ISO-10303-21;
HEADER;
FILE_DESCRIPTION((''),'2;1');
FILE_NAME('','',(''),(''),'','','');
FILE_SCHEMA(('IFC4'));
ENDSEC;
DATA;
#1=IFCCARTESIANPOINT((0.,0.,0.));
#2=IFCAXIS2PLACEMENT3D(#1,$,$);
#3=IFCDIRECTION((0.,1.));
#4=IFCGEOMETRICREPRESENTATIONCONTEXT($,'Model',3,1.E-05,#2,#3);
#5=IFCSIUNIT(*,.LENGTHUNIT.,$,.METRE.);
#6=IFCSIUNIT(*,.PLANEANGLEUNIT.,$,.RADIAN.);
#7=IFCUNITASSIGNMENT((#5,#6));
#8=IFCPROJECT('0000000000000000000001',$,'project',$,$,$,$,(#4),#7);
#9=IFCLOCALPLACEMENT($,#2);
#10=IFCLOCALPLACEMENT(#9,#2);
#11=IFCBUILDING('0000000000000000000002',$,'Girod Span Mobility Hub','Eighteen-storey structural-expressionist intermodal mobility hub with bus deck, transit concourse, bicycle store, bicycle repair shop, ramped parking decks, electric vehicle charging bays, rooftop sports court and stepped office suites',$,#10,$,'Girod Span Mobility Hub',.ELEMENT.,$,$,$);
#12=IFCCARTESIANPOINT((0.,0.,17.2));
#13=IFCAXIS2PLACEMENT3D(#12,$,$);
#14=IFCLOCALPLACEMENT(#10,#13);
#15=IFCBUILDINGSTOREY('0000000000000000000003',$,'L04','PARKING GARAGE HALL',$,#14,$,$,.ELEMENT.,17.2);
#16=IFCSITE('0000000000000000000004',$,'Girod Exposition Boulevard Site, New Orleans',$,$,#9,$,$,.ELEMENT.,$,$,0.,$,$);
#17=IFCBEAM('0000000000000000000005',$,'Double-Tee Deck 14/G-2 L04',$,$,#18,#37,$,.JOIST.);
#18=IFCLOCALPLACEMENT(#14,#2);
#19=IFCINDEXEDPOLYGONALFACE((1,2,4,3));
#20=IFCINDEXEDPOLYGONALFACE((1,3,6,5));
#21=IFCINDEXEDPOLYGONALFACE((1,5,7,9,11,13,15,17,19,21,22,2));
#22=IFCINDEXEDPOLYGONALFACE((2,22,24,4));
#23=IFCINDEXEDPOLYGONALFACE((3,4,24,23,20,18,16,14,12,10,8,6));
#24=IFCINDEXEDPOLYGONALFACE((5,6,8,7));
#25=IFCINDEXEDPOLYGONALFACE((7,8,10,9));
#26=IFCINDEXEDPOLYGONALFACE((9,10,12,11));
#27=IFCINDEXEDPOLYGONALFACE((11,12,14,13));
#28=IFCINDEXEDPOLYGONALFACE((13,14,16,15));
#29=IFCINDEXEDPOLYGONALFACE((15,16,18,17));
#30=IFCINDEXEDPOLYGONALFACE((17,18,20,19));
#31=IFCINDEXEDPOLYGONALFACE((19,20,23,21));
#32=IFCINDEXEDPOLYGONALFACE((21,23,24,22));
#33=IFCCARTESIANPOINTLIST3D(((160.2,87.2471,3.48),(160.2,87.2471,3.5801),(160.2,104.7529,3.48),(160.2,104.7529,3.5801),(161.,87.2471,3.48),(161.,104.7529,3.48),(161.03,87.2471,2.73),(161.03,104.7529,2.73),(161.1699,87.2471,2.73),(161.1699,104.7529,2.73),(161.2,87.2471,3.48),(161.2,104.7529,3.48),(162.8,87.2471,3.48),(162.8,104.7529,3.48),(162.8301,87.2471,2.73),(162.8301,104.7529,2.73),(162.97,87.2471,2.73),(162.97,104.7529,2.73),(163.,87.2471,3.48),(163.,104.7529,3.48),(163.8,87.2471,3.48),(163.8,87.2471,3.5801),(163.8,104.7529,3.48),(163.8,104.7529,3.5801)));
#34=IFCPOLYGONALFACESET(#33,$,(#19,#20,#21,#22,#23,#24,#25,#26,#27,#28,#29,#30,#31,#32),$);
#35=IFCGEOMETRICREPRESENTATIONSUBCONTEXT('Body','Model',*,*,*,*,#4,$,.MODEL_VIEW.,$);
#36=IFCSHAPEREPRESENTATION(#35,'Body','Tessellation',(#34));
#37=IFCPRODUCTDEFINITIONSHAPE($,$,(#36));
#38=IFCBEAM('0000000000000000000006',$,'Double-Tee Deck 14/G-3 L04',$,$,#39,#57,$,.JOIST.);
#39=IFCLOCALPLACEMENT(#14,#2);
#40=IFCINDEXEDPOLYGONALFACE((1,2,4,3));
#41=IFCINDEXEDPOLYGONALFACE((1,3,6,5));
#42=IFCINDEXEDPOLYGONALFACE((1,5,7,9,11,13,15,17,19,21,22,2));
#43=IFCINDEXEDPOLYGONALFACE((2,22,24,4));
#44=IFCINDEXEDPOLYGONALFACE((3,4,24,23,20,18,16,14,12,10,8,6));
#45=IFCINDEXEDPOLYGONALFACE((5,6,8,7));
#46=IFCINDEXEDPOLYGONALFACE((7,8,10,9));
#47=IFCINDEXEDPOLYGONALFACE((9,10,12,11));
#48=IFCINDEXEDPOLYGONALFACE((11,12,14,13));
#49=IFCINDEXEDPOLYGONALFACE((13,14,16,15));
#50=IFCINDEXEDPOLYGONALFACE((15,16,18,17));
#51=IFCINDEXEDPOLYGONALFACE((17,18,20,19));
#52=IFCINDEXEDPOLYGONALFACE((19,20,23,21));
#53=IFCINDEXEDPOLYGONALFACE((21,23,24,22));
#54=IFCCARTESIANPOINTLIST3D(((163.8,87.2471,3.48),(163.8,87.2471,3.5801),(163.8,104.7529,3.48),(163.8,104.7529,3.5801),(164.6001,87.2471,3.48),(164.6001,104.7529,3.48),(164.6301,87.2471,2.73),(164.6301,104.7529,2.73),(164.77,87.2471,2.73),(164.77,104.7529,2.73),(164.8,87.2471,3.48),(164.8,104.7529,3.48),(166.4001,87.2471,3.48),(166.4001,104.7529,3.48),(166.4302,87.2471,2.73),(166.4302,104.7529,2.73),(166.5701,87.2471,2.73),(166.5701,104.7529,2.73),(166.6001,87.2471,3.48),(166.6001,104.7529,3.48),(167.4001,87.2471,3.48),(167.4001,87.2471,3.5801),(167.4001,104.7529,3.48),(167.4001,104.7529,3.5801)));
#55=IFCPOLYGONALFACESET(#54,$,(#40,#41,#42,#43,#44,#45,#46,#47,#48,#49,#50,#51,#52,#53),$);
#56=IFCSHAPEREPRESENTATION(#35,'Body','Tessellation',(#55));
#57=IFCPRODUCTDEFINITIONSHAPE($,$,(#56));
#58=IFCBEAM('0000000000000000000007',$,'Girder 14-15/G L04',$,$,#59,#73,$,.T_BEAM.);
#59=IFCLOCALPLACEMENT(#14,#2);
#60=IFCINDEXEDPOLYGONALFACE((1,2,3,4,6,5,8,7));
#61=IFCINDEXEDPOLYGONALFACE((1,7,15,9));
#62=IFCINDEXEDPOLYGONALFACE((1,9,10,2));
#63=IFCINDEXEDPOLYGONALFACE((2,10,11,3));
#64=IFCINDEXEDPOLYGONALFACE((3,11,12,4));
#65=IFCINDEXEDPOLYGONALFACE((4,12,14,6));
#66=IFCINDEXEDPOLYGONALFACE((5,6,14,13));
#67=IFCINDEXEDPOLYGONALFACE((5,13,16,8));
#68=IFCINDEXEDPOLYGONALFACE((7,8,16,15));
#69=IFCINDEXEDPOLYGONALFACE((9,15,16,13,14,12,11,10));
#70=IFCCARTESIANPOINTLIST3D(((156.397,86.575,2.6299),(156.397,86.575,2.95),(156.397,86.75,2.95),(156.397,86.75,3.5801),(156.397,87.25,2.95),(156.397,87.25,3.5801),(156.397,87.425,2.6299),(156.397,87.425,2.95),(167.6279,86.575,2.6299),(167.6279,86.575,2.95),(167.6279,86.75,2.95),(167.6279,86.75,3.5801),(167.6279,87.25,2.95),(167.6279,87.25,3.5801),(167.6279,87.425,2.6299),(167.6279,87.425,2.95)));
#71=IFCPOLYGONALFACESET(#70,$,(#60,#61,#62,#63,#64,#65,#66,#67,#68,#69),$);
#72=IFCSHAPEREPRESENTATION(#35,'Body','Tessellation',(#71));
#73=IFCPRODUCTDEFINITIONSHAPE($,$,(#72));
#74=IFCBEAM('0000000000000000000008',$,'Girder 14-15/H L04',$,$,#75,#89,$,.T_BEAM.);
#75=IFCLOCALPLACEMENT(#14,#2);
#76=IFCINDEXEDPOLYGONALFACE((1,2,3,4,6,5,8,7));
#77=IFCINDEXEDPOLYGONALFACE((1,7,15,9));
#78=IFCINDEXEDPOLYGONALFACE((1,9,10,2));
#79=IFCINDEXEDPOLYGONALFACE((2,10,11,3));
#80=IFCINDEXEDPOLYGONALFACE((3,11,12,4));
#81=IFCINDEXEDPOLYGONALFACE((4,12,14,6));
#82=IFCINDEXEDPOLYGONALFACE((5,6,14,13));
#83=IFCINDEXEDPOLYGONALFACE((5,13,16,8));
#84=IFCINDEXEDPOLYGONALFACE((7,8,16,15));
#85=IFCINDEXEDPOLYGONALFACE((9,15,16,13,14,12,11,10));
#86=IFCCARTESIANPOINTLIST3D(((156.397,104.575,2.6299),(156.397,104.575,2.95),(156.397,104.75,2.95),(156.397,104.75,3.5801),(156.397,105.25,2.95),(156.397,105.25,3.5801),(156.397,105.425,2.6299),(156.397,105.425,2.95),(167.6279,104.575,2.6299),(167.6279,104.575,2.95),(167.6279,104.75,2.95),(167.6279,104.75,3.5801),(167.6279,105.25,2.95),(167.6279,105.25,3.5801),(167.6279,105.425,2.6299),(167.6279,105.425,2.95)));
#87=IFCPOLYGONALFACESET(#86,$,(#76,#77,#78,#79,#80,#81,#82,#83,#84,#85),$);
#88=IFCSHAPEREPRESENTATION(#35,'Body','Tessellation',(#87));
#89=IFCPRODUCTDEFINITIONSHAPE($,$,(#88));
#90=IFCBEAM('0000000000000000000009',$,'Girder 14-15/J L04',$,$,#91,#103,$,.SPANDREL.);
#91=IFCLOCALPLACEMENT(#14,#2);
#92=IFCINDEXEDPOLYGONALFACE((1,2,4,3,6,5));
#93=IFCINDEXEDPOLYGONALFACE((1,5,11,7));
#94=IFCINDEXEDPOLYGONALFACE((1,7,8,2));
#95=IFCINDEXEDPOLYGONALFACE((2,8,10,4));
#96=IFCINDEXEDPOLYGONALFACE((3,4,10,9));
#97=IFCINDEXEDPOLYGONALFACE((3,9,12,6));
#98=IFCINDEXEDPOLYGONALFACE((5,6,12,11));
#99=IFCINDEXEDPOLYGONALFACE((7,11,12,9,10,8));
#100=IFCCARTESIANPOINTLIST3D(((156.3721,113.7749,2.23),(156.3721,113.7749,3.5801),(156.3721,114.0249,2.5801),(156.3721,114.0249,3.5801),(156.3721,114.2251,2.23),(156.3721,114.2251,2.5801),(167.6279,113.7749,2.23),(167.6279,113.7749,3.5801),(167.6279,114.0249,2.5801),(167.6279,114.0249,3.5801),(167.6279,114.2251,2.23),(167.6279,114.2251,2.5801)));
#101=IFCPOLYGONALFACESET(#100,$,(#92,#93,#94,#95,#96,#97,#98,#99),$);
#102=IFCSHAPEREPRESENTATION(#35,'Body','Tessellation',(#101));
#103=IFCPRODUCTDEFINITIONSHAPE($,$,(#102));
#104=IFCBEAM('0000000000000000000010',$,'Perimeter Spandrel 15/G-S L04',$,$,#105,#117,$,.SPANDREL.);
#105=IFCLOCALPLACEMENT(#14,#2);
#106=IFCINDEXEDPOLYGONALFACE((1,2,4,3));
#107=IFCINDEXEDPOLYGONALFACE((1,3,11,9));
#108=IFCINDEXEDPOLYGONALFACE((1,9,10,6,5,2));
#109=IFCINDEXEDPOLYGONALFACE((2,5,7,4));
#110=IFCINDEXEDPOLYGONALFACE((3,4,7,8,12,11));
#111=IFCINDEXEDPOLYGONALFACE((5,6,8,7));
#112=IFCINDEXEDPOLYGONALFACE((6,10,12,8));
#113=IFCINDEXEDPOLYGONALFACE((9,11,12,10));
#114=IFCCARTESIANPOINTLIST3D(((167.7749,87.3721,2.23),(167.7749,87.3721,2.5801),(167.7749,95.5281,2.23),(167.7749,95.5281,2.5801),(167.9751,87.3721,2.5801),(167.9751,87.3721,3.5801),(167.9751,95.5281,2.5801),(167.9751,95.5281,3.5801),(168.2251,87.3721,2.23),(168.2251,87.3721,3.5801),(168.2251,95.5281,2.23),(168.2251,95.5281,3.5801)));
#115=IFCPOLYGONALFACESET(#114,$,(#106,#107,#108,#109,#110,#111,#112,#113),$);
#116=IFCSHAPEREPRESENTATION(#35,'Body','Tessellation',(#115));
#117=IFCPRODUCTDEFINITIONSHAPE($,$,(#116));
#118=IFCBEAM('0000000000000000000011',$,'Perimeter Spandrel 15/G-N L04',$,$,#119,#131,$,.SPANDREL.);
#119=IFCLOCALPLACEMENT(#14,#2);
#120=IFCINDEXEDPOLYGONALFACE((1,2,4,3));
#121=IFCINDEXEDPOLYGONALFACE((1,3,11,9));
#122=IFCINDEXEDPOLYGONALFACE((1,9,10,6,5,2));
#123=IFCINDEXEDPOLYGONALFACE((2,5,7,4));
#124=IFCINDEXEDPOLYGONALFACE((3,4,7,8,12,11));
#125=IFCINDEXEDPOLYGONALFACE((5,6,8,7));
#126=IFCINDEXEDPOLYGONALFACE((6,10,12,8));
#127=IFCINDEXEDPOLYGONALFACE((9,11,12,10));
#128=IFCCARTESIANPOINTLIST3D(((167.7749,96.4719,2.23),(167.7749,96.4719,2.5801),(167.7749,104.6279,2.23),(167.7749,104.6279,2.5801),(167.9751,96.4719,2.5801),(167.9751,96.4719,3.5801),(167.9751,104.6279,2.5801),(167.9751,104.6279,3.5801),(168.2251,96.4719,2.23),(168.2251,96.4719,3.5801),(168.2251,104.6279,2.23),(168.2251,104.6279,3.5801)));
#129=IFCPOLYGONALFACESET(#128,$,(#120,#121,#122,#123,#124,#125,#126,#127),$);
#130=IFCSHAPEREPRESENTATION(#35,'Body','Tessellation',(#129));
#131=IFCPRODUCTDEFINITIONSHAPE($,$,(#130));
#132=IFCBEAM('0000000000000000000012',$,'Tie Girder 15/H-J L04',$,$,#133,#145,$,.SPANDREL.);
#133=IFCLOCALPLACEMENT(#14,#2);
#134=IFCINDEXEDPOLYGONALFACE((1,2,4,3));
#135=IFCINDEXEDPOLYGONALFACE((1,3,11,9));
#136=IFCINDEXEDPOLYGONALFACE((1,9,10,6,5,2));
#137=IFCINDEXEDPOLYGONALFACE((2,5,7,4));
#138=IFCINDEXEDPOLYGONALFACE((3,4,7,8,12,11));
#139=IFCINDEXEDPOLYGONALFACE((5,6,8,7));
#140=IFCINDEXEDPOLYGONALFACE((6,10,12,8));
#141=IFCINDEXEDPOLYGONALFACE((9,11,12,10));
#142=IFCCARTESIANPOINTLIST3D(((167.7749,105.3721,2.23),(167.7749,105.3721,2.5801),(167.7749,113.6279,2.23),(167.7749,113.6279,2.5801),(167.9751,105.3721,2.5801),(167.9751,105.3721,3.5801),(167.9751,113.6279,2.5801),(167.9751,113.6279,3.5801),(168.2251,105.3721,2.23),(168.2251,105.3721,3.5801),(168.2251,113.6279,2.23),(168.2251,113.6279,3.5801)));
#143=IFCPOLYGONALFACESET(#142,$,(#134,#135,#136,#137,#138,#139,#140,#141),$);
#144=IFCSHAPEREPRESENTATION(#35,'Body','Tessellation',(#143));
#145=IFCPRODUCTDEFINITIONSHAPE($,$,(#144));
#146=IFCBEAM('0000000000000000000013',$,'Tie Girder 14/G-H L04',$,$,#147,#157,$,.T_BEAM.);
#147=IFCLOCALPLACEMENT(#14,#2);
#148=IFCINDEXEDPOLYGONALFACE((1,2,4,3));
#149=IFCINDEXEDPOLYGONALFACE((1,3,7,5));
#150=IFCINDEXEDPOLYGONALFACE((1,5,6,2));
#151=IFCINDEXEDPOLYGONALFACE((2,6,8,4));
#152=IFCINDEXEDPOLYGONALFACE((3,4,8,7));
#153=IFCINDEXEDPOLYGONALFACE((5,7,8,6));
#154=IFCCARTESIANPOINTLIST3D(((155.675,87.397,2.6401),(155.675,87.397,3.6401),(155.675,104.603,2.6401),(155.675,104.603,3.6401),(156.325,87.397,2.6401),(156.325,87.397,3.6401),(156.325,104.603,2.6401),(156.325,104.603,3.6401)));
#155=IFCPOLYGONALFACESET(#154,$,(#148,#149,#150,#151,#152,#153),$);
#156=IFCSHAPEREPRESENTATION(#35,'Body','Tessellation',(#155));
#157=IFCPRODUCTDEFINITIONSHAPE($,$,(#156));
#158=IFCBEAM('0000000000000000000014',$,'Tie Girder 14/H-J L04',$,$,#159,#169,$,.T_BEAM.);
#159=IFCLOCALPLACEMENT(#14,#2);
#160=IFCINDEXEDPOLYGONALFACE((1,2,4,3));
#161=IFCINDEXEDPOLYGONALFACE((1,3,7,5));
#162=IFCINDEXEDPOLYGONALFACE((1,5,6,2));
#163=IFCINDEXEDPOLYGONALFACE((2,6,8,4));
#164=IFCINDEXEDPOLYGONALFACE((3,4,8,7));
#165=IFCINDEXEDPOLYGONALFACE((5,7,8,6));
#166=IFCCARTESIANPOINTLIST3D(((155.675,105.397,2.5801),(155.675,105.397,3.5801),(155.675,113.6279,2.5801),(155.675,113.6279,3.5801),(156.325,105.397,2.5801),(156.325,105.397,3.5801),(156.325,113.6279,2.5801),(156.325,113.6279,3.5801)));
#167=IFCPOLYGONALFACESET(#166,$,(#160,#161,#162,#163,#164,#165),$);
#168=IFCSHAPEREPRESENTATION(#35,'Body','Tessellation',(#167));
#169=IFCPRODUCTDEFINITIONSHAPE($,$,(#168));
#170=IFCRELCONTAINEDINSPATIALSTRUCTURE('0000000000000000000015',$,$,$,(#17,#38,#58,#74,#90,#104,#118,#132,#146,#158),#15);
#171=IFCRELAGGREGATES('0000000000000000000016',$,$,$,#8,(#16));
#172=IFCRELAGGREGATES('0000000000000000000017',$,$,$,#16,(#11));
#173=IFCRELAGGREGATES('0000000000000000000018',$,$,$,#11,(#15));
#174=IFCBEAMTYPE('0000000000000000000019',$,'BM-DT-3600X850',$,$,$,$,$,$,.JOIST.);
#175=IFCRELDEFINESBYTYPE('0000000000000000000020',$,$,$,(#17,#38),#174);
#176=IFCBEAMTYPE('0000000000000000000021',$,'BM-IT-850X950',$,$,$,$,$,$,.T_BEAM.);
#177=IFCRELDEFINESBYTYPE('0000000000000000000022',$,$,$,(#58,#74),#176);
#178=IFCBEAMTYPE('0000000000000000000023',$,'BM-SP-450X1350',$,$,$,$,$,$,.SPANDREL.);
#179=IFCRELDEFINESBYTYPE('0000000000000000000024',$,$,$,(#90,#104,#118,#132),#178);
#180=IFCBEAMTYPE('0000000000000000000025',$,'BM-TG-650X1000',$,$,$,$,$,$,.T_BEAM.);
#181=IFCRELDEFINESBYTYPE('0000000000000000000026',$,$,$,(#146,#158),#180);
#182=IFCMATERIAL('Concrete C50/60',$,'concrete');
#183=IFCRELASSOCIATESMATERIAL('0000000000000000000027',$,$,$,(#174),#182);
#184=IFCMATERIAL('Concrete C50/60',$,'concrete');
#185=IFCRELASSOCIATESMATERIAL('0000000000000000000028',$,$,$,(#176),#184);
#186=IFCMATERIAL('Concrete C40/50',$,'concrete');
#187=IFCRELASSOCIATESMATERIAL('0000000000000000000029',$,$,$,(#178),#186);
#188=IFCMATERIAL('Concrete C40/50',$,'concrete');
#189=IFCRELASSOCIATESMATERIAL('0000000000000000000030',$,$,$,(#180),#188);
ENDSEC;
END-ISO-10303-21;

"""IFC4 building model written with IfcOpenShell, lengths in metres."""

from ifc_helpers import new_model, si_unit, direction, frame, origin, origin_2d, place, context, subcontext, project, spatial, polyline, rectangle, outline, extrude, material, material_profile, profile_set, type_object, element, save


model = new_model("IFC4")

# Units and contexts
model_context = context("Model", 3, precision=1e-05, world=origin(), true_north=direction((0.0, 1.0)))
body_context = subcontext(model_context, "Body", "Model", "MODEL_VIEW")
ifc_project = project(units=[si_unit("LENGTHUNIT", "METRE"), si_unit("PLANEANGLEUNIT", "RADIAN")], contexts=[model_context])

# Site, building, storey
site_placement = place(None, origin())
site = spatial("IfcSite", under=ifc_project, at=site_placement, Name="Girod Exposition Boulevard Site, New Orleans", CompositionType="ELEMENT", RefElevation=0.0)
building_placement = place(site_placement, origin())
building = spatial("IfcBuilding", under=site, at=building_placement, Name="Girod Span Mobility Hub", Description="Eighteen-storey structural-expressionist intermodal mobility hub with bus deck, transit concourse, bicycle store, bicycle repair shop, ramped parking decks, electric vehicle charging bays, rooftop sports court and stepped office suites", LongName="Girod Span Mobility Hub", CompositionType="ELEMENT")
storey_placement = place(building_placement, frame((0.0, 0.0, 17.2)))
storey = spatial("IfcBuildingStorey", under=building, at=storey_placement, Name="L04", Description="PARKING GARAGE HALL", CompositionType="ELEMENT", Elevation=17.2)

# Beams
ifc_material_1 = material(Name="Concrete C50/60", Category="concrete")
ifc_material_profile_1 = material_profile(ifc_material_1, outline(polyline([(-1.8, 0.425), (-1.8, 0.325), (-1.0, 0.325), (-0.97, -0.425), (-0.8301, -0.425), (-0.8, 0.325), (0.8, 0.325), (0.8301, -0.425), (0.97, -0.425), (1.0, 0.325), (1.8, 0.325), (1.8, 0.425), (-1.8, 0.425)])), Name="DT-3600X850")
ifc_profile_set_1 = profile_set([ifc_material_profile_1], Name="Concrete C50/60")
beam_type_1 = type_object("IfcBeamType", Name="BM-DT-3600X850", PredefinedType="JOIST", material=ifc_profile_set_1)
for number, where, z_axis, x_axis, name in (
    (1, (162.0, 87.2471, 3.155), (0.0, 1.0, 0.0), (-1.0, 0.0, 0.0), "Double-Tee Deck 14/G-2 L04"),
    (2, (165.6001, 87.2471, 3.155), (0.0, 1.0, 0.0), (-1.0, 0.0, 0.0), "Double-Tee Deck 14/G-3 L04"),
):
    element("IfcBeam", number, at=place(storey_placement, frame(where, z_axis=z_axis, x_axis=x_axis)), inside=storey, type_object=beam_type_1, Name=name, PredefinedType="JOIST", context=body_context, shape_type="SweptSolid", body=[
        extrude(outline(polyline([(-1.8, 0.425), (-1.8, 0.325), (-1.0, 0.325), (-0.97, -0.425), (-0.8301, -0.425), (-0.8, 0.325), (0.8, 0.325), (0.8301, -0.425), (0.97, -0.425), (1.0, 0.325), (1.8, 0.325), (1.8, 0.425), (-1.8, 0.425)])), origin(), (0.0, 0.0, 1.0), 17.5059),
    ])
ifc_material_2 = material(Name="Concrete C50/60", Category="concrete")
ifc_material_profile_2 = material_profile(ifc_material_2, outline(polyline([(-0.425, -0.4751), (0.425, -0.4751), (0.425, -0.155), (0.25, -0.155), (0.25, 0.4751), (-0.25, 0.4751), (-0.25, -0.155), (-0.425, -0.155), (-0.425, -0.4751)])), Name="IT-850X950")
ifc_profile_set_2 = profile_set([ifc_material_profile_2], Name="Concrete C50/60")
beam_type_2 = type_object("IfcBeamType", Name="BM-IT-850X950", PredefinedType="T_BEAM", material=ifc_profile_set_2)
for number, where, z_axis, x_axis, name in (
    (3, (156.397, 87.0, 3.105), (1.0, 0.0, 0.0), (0.0, 1.0, 0.0), "Girder 14-15/G L04"),
    (4, (156.397, 105.0, 3.105), (1.0, 0.0, 0.0), (0.0, 1.0, 0.0), "Girder 14-15/H L04"),
):
    element("IfcBeam", number, at=place(storey_placement, frame(where, z_axis=z_axis, x_axis=x_axis)), inside=storey, type_object=beam_type_2, Name=name, PredefinedType="T_BEAM", context=body_context, shape_type="SweptSolid", body=[
        extrude(outline(polyline([(-0.425, -0.4751), (0.425, -0.4751), (0.425, -0.155), (0.25, -0.155), (0.25, 0.4751), (-0.25, 0.4751), (-0.25, -0.155), (-0.425, -0.155), (-0.425, -0.4751)])), origin(), (0.0, 0.0, 1.0), 11.231),
    ])
ifc_material_3 = material(Name="Concrete C40/50", Category="concrete")
ifc_material_profile_3 = material_profile(ifc_material_3, outline(polyline([(-0.2251, -0.675), (0.2251, -0.675), (0.2251, -0.325), (0.0249, -0.325), (0.0249, 0.675), (-0.2251, 0.675), (-0.2251, -0.675)])), Name="SP-450X1350")
ifc_profile_set_3 = profile_set([ifc_material_profile_3], Name="Concrete C40/50")
beam_type_3 = type_object("IfcBeamType", Name="BM-SP-450X1350", PredefinedType="SPANDREL", material=ifc_profile_set_3)
beam_1_placement = place(storey_placement, frame((156.3721, 114.0, 2.905), z_axis=(1.0, 0.0, 0.0), x_axis=(0.0, 1.0, 0.0)))
element("IfcBeam", 5, at=beam_1_placement, inside=storey, type_object=beam_type_3, Name="Girder 14-15/J L04", PredefinedType="SPANDREL", context=body_context, shape_type="SweptSolid", body=[
    extrude(outline(polyline([(-0.2251, -0.675), (0.2251, -0.675), (0.2251, -0.325), (0.0249, -0.325), (0.0249, 0.675), (-0.2251, 0.675), (-0.2251, -0.675)])), origin(), (0.0, 0.0, 1.0), 11.2559),
])
for number, where, z_axis, x_axis, name in (
    (6, (168.0, 87.3721, 2.905), (0.0, 1.0, 0.0), (-1.0, 0.0, 0.0), "Perimeter Spandrel 15/G-S L04"),
    (7, (168.0, 96.4719, 2.905), (0.0, 1.0, 0.0), (-1.0, 0.0, 0.0), "Perimeter Spandrel 15/G-N L04"),
):
    element("IfcBeam", number, at=place(storey_placement, frame(where, z_axis=z_axis, x_axis=x_axis)), inside=storey, type_object=beam_type_3, Name=name, PredefinedType="SPANDREL", context=body_context, shape_type="SweptSolid", body=[
        extrude(outline(polyline([(-0.2251, -0.675), (0.2251, -0.675), (0.2251, -0.325), (0.0249, -0.325), (0.0249, 0.675), (-0.2251, 0.675), (-0.2251, -0.675)])), origin(), (0.0, 0.0, 1.0), 8.156),
    ])
beam_2_placement = place(storey_placement, frame((168.0, 105.3721, 2.905), z_axis=(0.0, 1.0, 0.0), x_axis=(-1.0, 0.0, 0.0)))
element("IfcBeam", 8, at=beam_2_placement, inside=storey, type_object=beam_type_3, Name="Tie Girder 15/H-J L04", PredefinedType="SPANDREL", context=body_context, shape_type="SweptSolid", body=[
    extrude(outline(polyline([(-0.2251, -0.675), (0.2251, -0.675), (0.2251, -0.325), (0.0249, -0.325), (0.0249, 0.675), (-0.2251, 0.675), (-0.2251, -0.675)])), origin(), (0.0, 0.0, 1.0), 8.2559),
])
ifc_material_4 = material(Name="Concrete C40/50", Category="concrete")
ifc_material_profile_4 = material_profile(ifc_material_4, rectangle(XDim=0.6499, YDim=1.0, at=origin_2d()), Name="TG-650X1000")
ifc_profile_set_4 = profile_set([ifc_material_profile_4], Name="Concrete C40/50")
beam_type_4 = type_object("IfcBeamType", Name="BM-TG-650X1000", PredefinedType="T_BEAM", material=ifc_profile_set_4)
beam_3_placement = place(storey_placement, frame((156.0, 87.397, 3.1401), z_axis=(0.0, 1.0, 0.0), x_axis=(-1.0, 0.0, 0.0)))
element("IfcBeam", 9, at=beam_3_placement, inside=storey, type_object=beam_type_4, Name="Tie Girder 14/G-H L04", PredefinedType="T_BEAM", context=body_context, shape_type="SweptSolid", body=[
    extrude(rectangle(XDim=0.6499, YDim=1.0, at=origin_2d()), origin(), (0.0, 0.0, 1.0), 17.2061),
])
beam_4_placement = place(storey_placement, frame((156.0, 105.397, 3.0801), z_axis=(0.0, 1.0, 0.0), x_axis=(-1.0, 0.0, 0.0)))
element("IfcBeam", 10, at=beam_4_placement, inside=storey, type_object=beam_type_4, Name="Tie Girder 14/H-J L04", PredefinedType="T_BEAM", context=body_context, shape_type="SweptSolid", body=[
    extrude(rectangle(XDim=0.6499, YDim=1.0, at=origin_2d()), origin(), (0.0, 0.0, 1.0), 8.231),
])

save(model, "model.ifc")
